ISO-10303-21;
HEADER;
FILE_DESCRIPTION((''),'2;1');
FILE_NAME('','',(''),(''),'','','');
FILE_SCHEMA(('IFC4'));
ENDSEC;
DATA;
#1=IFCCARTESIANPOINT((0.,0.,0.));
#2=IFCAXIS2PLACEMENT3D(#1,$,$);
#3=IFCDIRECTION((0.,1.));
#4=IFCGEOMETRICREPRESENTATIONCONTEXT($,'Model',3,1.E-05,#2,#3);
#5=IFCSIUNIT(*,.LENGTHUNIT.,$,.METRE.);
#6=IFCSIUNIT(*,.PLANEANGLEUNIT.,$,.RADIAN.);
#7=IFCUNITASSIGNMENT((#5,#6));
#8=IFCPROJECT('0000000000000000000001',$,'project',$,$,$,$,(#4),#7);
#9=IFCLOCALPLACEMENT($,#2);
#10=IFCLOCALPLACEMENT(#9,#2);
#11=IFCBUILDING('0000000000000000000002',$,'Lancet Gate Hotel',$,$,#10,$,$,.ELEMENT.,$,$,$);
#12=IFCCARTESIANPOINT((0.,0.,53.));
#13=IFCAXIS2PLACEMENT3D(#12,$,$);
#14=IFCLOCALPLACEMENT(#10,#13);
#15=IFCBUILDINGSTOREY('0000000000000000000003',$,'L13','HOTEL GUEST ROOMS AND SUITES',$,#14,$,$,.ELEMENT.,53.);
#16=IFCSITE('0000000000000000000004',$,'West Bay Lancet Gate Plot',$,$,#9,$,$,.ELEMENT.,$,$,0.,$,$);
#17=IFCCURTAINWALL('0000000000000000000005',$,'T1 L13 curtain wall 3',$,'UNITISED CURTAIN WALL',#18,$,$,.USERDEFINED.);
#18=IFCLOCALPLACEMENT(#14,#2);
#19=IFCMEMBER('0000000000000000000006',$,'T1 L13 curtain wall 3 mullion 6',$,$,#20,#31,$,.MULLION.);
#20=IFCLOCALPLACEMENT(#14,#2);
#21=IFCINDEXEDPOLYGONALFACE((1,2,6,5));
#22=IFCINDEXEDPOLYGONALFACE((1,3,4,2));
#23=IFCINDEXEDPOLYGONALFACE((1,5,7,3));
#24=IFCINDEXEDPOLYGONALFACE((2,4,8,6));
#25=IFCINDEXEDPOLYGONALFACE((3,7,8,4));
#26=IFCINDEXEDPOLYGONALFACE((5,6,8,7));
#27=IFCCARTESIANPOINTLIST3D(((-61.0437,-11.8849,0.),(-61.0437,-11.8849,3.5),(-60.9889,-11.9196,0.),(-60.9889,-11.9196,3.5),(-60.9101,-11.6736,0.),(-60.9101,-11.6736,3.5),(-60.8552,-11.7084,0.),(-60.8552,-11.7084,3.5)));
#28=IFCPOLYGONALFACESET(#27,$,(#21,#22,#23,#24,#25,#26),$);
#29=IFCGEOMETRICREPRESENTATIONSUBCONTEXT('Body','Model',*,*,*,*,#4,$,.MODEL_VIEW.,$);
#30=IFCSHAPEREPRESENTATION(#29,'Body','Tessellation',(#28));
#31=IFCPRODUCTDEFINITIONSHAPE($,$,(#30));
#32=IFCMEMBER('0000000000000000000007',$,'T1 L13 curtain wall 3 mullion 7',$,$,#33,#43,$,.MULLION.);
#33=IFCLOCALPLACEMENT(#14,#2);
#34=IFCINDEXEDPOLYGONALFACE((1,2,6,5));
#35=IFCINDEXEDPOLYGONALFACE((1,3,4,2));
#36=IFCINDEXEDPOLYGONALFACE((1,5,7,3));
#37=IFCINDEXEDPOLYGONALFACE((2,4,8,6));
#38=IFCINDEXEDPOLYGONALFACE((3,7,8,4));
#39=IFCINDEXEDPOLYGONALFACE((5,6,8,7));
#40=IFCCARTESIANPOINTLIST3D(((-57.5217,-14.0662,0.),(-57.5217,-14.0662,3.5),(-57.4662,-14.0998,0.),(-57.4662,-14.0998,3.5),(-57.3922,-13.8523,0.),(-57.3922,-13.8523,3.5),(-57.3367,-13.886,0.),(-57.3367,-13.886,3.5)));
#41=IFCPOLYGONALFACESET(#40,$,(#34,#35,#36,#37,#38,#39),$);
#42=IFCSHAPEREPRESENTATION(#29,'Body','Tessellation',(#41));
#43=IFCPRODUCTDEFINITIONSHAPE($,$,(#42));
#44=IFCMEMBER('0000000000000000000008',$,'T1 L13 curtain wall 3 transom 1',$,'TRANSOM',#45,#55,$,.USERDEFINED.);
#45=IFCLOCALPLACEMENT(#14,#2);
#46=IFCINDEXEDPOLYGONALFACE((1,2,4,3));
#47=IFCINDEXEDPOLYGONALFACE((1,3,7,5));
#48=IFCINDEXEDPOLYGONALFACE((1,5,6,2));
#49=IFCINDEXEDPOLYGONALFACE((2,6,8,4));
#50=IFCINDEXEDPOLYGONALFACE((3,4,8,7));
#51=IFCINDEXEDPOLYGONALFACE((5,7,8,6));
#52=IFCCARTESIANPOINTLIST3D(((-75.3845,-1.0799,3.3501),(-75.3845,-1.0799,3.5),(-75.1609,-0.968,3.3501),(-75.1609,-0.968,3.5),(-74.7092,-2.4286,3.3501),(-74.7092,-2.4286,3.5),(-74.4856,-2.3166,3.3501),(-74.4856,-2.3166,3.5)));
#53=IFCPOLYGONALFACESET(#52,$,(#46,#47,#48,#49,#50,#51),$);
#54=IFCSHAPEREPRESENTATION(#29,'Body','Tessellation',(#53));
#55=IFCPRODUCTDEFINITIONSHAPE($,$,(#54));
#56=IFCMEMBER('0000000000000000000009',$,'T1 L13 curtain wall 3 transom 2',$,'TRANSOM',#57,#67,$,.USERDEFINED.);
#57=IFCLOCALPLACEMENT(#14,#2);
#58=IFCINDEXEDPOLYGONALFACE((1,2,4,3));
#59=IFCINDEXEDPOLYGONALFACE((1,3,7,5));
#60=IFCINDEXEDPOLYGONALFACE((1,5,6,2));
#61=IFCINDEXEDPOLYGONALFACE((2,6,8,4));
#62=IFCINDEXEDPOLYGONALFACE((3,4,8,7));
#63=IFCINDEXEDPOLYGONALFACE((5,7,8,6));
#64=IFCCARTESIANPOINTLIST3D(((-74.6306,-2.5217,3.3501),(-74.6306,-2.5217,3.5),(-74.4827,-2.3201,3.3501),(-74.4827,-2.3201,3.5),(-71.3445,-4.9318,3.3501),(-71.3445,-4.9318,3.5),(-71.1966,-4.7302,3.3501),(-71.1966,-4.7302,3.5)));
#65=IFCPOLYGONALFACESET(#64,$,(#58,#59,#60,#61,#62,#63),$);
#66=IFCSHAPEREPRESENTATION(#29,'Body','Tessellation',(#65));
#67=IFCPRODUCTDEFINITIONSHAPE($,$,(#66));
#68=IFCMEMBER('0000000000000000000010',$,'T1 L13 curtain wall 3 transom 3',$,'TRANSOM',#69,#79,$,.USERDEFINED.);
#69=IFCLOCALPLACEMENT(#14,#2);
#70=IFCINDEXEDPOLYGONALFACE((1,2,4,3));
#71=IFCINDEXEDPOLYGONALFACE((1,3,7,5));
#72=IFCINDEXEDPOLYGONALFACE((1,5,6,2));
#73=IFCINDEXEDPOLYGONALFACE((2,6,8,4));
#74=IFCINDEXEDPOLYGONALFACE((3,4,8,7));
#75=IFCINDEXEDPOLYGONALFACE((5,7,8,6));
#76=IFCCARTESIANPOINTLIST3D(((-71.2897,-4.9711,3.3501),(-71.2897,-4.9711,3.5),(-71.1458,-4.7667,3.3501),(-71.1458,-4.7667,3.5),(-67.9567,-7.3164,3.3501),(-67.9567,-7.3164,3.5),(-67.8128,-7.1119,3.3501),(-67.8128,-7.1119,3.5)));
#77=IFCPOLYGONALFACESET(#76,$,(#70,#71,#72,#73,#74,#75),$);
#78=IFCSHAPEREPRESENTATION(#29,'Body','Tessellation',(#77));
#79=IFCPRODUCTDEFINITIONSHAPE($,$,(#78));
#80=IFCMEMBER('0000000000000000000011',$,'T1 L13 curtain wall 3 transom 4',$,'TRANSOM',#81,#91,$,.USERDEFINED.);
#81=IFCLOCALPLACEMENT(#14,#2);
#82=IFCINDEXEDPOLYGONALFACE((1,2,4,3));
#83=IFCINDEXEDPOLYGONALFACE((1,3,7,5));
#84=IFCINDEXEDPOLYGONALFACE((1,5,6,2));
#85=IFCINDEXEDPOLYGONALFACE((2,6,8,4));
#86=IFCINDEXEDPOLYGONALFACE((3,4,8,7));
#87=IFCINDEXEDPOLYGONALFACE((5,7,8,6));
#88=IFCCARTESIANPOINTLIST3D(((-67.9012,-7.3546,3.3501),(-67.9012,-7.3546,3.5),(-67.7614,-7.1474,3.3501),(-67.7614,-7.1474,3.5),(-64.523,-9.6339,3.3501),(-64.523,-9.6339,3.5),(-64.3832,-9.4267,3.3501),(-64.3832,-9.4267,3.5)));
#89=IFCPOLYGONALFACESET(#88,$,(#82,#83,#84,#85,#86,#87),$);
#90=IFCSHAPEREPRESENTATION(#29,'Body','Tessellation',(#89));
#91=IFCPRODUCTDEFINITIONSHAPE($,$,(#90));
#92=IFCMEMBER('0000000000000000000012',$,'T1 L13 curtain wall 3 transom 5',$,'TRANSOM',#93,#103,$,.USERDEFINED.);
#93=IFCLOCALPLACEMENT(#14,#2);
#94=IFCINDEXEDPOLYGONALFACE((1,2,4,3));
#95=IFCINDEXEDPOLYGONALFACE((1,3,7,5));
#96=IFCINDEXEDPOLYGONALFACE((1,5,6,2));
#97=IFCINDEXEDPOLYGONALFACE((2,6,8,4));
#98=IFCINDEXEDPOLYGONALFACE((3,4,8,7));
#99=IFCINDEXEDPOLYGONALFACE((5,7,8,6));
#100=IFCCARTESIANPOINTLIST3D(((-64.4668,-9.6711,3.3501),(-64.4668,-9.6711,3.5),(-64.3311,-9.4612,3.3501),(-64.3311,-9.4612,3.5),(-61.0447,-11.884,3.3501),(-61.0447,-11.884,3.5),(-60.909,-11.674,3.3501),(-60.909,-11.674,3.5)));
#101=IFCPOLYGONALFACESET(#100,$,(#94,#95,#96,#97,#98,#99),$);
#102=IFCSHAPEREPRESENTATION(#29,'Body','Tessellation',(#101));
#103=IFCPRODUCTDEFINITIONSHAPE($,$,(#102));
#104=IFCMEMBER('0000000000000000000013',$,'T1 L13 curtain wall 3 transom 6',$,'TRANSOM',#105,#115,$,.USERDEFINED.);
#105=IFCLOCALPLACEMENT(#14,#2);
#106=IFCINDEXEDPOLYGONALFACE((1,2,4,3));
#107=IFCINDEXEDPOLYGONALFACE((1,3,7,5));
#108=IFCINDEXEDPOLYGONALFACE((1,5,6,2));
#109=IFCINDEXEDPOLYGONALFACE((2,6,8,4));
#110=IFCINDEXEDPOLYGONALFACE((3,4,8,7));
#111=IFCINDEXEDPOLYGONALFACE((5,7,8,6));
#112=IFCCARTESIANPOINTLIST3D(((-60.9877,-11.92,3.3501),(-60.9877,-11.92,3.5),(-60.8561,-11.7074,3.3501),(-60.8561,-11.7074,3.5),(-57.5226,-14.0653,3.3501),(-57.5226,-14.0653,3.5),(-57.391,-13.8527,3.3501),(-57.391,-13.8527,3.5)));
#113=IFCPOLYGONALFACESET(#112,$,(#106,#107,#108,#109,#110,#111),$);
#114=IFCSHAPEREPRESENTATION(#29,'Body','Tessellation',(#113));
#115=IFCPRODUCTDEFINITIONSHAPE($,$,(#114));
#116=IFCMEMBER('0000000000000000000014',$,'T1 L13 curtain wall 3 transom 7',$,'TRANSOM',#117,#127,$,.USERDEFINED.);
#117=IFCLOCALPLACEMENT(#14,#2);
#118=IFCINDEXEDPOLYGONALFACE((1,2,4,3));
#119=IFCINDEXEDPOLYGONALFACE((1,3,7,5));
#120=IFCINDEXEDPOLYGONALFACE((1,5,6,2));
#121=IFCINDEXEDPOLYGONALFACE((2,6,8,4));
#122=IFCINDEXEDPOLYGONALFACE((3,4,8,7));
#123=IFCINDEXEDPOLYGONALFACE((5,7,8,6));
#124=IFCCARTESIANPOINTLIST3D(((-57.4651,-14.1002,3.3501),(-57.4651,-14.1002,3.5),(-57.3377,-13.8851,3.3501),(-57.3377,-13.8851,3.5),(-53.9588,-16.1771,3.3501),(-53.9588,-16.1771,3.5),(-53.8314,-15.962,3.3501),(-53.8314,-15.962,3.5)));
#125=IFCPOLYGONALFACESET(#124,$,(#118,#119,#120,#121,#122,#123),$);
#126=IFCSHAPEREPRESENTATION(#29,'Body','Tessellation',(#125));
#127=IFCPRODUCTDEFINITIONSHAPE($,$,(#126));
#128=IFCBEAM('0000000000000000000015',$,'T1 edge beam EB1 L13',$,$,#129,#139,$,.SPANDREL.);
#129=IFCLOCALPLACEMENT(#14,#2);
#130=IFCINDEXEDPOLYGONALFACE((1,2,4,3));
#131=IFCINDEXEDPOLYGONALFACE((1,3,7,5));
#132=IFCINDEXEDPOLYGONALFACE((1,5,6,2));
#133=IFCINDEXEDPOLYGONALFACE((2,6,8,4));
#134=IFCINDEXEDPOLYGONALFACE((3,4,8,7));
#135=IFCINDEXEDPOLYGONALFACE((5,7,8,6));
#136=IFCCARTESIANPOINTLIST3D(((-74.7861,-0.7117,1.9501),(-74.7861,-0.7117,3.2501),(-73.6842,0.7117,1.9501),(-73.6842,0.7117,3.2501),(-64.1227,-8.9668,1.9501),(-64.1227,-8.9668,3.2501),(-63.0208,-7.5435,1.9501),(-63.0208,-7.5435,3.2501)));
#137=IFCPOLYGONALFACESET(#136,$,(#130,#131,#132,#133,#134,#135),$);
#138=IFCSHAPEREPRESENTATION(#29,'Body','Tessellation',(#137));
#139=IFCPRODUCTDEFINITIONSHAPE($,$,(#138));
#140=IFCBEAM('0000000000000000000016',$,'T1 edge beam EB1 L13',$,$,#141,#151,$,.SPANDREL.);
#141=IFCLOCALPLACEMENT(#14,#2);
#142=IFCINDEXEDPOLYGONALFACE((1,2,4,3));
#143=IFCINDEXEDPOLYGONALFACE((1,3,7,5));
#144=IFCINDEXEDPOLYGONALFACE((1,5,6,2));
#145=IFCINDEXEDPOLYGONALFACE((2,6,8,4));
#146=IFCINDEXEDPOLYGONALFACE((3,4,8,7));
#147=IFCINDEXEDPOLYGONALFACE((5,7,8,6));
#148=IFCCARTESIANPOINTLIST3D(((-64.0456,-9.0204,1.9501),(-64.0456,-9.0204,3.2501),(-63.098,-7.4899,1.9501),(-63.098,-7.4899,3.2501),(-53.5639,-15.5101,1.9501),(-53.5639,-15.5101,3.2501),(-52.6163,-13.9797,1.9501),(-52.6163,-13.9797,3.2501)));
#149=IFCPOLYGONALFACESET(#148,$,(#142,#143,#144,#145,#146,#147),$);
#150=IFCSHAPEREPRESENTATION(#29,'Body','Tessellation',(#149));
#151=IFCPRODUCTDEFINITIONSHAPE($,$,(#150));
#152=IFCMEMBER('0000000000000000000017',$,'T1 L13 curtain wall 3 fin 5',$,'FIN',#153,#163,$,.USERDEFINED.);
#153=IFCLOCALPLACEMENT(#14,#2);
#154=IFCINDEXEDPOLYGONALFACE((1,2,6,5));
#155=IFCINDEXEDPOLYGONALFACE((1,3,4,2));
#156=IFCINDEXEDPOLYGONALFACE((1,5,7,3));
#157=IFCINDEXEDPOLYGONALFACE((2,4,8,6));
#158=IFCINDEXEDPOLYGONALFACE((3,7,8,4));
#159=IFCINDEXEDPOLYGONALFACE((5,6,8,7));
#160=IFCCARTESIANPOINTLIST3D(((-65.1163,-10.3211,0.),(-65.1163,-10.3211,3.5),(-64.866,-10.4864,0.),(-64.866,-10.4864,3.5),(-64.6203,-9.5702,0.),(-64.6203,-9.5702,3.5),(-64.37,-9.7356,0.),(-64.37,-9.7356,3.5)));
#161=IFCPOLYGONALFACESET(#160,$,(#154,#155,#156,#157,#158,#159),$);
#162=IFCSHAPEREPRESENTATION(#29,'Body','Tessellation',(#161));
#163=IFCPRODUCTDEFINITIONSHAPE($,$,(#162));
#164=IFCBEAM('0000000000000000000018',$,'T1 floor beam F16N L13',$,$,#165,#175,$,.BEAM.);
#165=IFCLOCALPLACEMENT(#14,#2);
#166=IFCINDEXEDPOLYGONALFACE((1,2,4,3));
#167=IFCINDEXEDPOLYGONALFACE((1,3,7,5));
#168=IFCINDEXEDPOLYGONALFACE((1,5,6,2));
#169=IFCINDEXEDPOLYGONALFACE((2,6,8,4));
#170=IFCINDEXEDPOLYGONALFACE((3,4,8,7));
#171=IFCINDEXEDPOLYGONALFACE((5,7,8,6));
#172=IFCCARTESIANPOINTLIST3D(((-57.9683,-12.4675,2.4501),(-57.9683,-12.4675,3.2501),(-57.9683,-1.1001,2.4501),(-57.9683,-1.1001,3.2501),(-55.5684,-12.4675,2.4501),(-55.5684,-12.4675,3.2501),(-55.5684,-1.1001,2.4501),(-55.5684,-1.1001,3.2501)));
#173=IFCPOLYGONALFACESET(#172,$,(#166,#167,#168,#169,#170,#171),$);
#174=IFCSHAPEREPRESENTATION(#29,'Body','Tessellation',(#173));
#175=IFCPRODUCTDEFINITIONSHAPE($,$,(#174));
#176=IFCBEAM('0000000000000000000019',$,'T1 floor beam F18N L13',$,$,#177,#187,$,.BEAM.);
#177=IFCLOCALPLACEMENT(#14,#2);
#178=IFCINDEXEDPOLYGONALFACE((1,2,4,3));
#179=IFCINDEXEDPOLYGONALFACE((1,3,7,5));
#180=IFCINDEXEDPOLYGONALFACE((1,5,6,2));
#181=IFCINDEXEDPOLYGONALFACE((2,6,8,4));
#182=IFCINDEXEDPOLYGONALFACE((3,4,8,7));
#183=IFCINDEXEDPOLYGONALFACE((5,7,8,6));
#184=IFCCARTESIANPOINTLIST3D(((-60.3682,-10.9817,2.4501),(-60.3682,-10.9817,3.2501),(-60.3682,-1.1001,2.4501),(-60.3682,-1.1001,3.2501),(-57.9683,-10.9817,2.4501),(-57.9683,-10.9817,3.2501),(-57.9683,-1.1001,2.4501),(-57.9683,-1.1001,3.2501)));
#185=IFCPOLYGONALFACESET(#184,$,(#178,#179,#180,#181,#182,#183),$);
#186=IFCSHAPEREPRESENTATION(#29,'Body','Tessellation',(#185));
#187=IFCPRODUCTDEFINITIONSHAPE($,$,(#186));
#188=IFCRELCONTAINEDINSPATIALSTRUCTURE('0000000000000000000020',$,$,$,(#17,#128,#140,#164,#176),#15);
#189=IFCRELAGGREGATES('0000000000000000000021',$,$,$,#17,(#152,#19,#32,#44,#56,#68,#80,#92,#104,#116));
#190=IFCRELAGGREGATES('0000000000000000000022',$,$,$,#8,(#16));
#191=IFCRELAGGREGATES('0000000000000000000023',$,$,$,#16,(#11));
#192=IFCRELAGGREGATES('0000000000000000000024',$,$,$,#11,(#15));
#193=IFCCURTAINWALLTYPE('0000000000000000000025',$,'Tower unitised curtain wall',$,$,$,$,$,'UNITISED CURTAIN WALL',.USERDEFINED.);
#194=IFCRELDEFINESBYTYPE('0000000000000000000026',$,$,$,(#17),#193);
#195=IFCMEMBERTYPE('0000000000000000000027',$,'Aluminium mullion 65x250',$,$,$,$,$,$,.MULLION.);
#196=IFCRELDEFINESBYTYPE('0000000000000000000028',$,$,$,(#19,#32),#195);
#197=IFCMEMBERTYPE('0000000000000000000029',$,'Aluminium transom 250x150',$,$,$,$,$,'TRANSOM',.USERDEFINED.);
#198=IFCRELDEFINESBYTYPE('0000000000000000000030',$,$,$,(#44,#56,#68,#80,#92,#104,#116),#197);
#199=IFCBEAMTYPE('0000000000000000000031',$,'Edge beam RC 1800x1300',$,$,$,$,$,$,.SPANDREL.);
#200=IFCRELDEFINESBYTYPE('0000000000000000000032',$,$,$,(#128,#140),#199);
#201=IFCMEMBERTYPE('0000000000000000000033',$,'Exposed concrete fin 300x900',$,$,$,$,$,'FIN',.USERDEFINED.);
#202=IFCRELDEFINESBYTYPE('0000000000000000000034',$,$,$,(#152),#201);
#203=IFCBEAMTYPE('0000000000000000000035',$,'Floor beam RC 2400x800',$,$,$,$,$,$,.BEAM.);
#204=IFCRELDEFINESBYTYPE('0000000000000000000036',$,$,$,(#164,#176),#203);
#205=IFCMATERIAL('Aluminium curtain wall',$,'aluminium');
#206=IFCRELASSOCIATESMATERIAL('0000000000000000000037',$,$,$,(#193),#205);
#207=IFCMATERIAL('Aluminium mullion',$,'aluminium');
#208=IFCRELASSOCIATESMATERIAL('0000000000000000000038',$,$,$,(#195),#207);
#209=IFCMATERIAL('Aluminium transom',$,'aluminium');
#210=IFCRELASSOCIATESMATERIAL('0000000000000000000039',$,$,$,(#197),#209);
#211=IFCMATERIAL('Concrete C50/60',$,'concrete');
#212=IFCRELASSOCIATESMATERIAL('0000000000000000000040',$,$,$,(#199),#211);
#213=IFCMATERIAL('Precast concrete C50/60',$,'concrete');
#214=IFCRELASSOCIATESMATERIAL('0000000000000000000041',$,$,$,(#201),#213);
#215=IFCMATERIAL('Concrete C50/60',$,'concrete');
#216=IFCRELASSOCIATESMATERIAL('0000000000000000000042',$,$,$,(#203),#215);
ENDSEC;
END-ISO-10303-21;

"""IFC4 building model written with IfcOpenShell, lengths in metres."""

from ifc_helpers import new_model, si_unit, direction, frame, origin, origin_2d, place, context, subcontext, project, spatial, rectangle, extrude, material, material_profile, profile_set, type_object, element, aggregate, save


model = new_model("IFC4")

# Units and contexts
model_context = context("Model", 3, precision=1e-05, world=origin(), true_north=direction((0.0, 1.0)))
body_context = subcontext(model_context, "Body", "Model", "MODEL_VIEW")
ifc_project = project(units=[si_unit("LENGTHUNIT", "METRE"), si_unit("PLANEANGLEUNIT", "RADIAN")], contexts=[model_context])

# Site, building, storey
site_placement = place(None, origin())
site = spatial("IfcSite", under=ifc_project, at=site_placement, Name="West Bay Lancet Gate Plot", CompositionType="ELEMENT", RefElevation=0.0)
building_placement = place(site_placement, origin())
building = spatial("IfcBuilding", under=site, at=building_placement, Name="Lancet Gate Hotel", CompositionType="ELEMENT")
storey_placement = place(building_placement, frame((0.0, 0.0, 53.0)))
storey = spatial("IfcBuildingStorey", under=building, at=storey_placement, Name="L13", Description="HOTEL GUEST ROOMS AND SUITES", CompositionType="ELEMENT", Elevation=53.0)

# Curtain wall, members
ifc_material_1 = material(Name="Aluminium curtain wall", Category="aluminium")
curtain_wall_type = type_object("IfcCurtainWallType", Name="Tower unitised curtain wall", ElementType="UNITISED CURTAIN WALL", PredefinedType="USERDEFINED", material=ifc_material_1)
curtain_wall_placement = place(storey_placement, origin())
curtain_wall = element("IfcCurtainWall", 1, at=curtain_wall_placement, inside=storey, type_object=curtain_wall_type, Name="T1 L13 curtain wall 3", ObjectType="UNITISED CURTAIN WALL", PredefinedType="USERDEFINED")
ifc_material_2 = material(Name="Aluminium mullion", Category="aluminium")
ifc_material_profile_1 = material_profile(ifc_material_2, rectangle(XDim=0.0649, YDim=0.25, at=origin_2d()), Name="MULLION 65x250")
ifc_profile_set_1 = profile_set([ifc_material_profile_1], Name="Aluminium mullion")
member_type_1 = type_object("IfcMemberType", Name="Aluminium mullion 65x250", PredefinedType="MULLION", material=ifc_profile_set_1)
member_1_placement = place(storey_placement, frame((-60.9495, -11.7966, 0.0), z_axis=(0.0, 0.0, 1.0), x_axis=(0.845029, -0.53472, 0.0)))
member_1 = element("IfcMember", 2, at=member_1_placement, type_object=member_type_1, Name="T1 L13 curtain wall 3 mullion 6", PredefinedType="MULLION", context=body_context, shape_type="SweptSolid", body=[
    extrude(rectangle(XDim=0.0649, YDim=0.25, at=origin_2d()), origin(), (0.0, 0.0, 1.0), 3.5),
])
member_2_placement = place(storey_placement, frame((-57.4292, -13.9761, 0.0), z_axis=(0.0, 0.0, 1.0), x_axis=(0.855346, -0.518057, 0.0)))
member_2 = element("IfcMember", 3, at=member_2_placement, type_object=member_type_1, Name="T1 L13 curtain wall 3 mullion 7", PredefinedType="MULLION", context=body_context, shape_type="SweptSolid", body=[
    extrude(rectangle(XDim=0.0649, YDim=0.25, at=origin_2d()), origin(), (0.0, 0.0, 1.0), 3.5),
])
ifc_material_3 = material(Name="Aluminium transom", Category="aluminium")
ifc_material_profile_2 = material_profile(ifc_material_3, rectangle(XDim=0.25, YDim=0.1499, at=origin_2d()), Name="TRANSOM 250x150")
ifc_profile_set_2 = profile_set([ifc_material_profile_2], Name="Aluminium transom")
member_type_2 = type_object("IfcMemberType", Name="Aluminium transom 250x150", ElementType="TRANSOM", PredefinedType="USERDEFINED", material=ifc_profile_set_2)
member_3_placement = place(storey_placement, frame((-75.2727, -1.0239, 3.425), z_axis=(0.447732, -0.894168, 0.0), x_axis=(0.894168, 0.447732, 0.0)))
member_3 = element("IfcMember", 4, at=member_3_placement, type_object=member_type_2, Name="T1 L13 curtain wall 3 transom 1", ObjectType="TRANSOM", PredefinedType="USERDEFINED", context=body_context, shape_type="SweptSolid", body=[
    extrude(rectangle(XDim=0.25, YDim=0.1499, at=origin_2d()), origin(), (0.0, 0.0, 1.0), 1.5083),
])
member_4_placement = place(storey_placement, frame((-74.5566, -2.4209, 3.425), z_axis=(0.806367, -0.591416, 0.0), x_axis=(0.591416, 0.806367, 0.0)))
member_4 = element("IfcMember", 5, at=member_4_placement, type_object=member_type_2, Name="T1 L13 curtain wall 3 transom 2", ObjectType="TRANSOM", PredefinedType="USERDEFINED", context=body_context, shape_type="SweptSolid", body=[
    extrude(rectangle(XDim=0.25, YDim=0.1499, at=origin_2d()), origin(), (0.0, 0.0, 1.0), 4.0752),
])
member_5_placement = place(storey_placement, frame((-71.2178, -4.8689, 3.425), z_axis=(0.817834, -0.575455, 0.0), x_axis=(0.575455, 0.817834, 0.0)))
member_5 = element("IfcMember", 6, at=member_5_placement, type_object=member_type_2, Name="T1 L13 curtain wall 3 transom 3", ObjectType="TRANSOM", PredefinedType="USERDEFINED", context=body_context, shape_type="SweptSolid", body=[
    extrude(rectangle(XDim=0.25, YDim=0.1499, at=origin_2d()), origin(), (0.0, 0.0, 1.0), 4.0754),
])
member_6_placement = place(storey_placement, frame((-67.8313, -7.251, 3.425), z_axis=(0.828959, -0.559309, 0.0), x_axis=(0.559309, 0.828959, 0.0)))
member_6 = element("IfcMember", 7, at=member_6_placement, type_object=member_type_2, Name="T1 L13 curtain wall 3 transom 4", ObjectType="TRANSOM", PredefinedType="USERDEFINED", context=body_context, shape_type="SweptSolid", body=[
    extrude(rectangle(XDim=0.25, YDim=0.1499, at=origin_2d()), origin(), (0.0, 0.0, 1.0), 4.0752),
])
member_7_placement = place(storey_placement, frame((-64.3989, -9.5662, 3.425), z_axis=(0.839729, -0.543005, 0.0), x_axis=(0.543005, 0.839729, 0.0)))
member_7 = element("IfcMember", 8, at=member_7_placement, type_object=member_type_2, Name="T1 L13 curtain wall 3 transom 5", ObjectType="TRANSOM", PredefinedType="USERDEFINED", context=body_context, shape_type="SweptSolid", body=[
    extrude(rectangle(XDim=0.25, YDim=0.1499, at=origin_2d()), origin(), (0.0, 0.0, 1.0), 4.0752),
])
member_8_placement = place(storey_placement, frame((-60.9219, -11.8137, 3.425), z_axis=(0.850242, -0.526392, 0.0), x_axis=(0.526392, 0.850242, 0.0)))
member_8 = element("IfcMember", 9, at=member_8_placement, type_object=member_type_2, Name="T1 L13 curtain wall 3 transom 6", ObjectType="TRANSOM", PredefinedType="USERDEFINED", context=body_context, shape_type="SweptSolid", body=[
    extrude(rectangle(XDim=0.25, YDim=0.1499, at=origin_2d()), origin(), (0.0, 0.0, 1.0), 4.0754),
])
member_9_placement = place(storey_placement, frame((-57.4014, -13.9927, 3.425), z_axis=(0.860392, -0.509633, 0.0), x_axis=(0.509633, 0.860392, 0.0)))
member_9 = element("IfcMember", 10, at=member_9_placement, type_object=member_type_2, Name="T1 L13 curtain wall 3 transom 7", ObjectType="TRANSOM", PredefinedType="USERDEFINED", context=body_context, shape_type="SweptSolid", body=[
    extrude(rectangle(XDim=0.25, YDim=0.1499, at=origin_2d()), origin(), (0.0, 0.0, 1.0), 4.0752),
])

# Beams
ifc_material_4 = material(Name="Concrete C50/60", Category="concrete")
ifc_material_profile_3 = material_profile(ifc_material_4, rectangle(XDim=1.8, YDim=1.3, at=origin_2d()), Name="RC 1800x1300")
ifc_profile_set_3 = profile_set([ifc_material_profile_3], Name="Concrete C50/60")
beam_type_1 = type_object("IfcBeamType", Name="Edge beam RC 1800x1300", PredefinedType="SPANDREL", material=ifc_profile_set_3)
beam_1_placement = place(storey_placement, frame((-74.2351, 0.0, 2.6001), z_axis=(0.790736, -0.612157, 0.0), x_axis=(0.612157, 0.790736, 0.0)))
element("IfcBeam", 11, at=beam_1_placement, inside=storey, type_object=beam_type_1, Name="T1 edge beam EB1 L13", PredefinedType="SPANDREL", context=body_context, shape_type="SweptSolid", body=[
    extrude(rectangle(XDim=1.8, YDim=1.3, at=origin_2d()), origin(), (0.0, 0.0, 1.0), 13.4854),
])
beam_2_placement = place(storey_placement, frame((-63.5718, -8.2551, 2.6001), z_axis=(0.850226, -0.526418, 0.0), x_axis=(0.526418, 0.850226, 0.0)))
element("IfcBeam", 12, at=beam_2_placement, inside=storey, type_object=beam_type_1, Name="T1 edge beam EB1 L13", PredefinedType="SPANDREL", context=body_context, shape_type="SweptSolid", body=[
    extrude(rectangle(XDim=1.8, YDim=1.3, at=origin_2d()), origin(), (0.0, 0.0, 1.0), 12.3281),
])

# Member
ifc_material_5 = material(Name="Precast concrete C50/60", Category="concrete")
ifc_material_profile_4 = material_profile(ifc_material_5, rectangle(XDim=0.3, YDim=0.8999, at=origin_2d()), Name="FIN 300x900")
ifc_profile_set_4 = profile_set([ifc_material_profile_4], Name="Precast concrete C50/60")
member_type_3 = type_object("IfcMemberType", Name="Exposed concrete fin 300x900", ElementType="FIN", PredefinedType="USERDEFINED", material=ifc_profile_set_4)
member_10_placement = place(storey_placement, frame((-64.7432, -10.0283, 0.0), z_axis=(0.0, 0.0, 1.0), x_axis=(0.834387, -0.551178, 0.0)))
member_10 = element("IfcMember", 13, at=member_10_placement, type_object=member_type_3, Name="T1 L13 curtain wall 3 fin 5", ObjectType="FIN", PredefinedType="USERDEFINED", context=body_context, shape_type="SweptSolid", body=[
    extrude(rectangle(XDim=0.3, YDim=0.8999, at=origin_2d()), origin(), (0.0, 0.0, 1.0), 3.5),
])

# Beams
ifc_material_6 = material(Name="Concrete C50/60", Category="concrete")
ifc_material_profile_5 = material_profile(ifc_material_6, rectangle(XDim=2.3999, YDim=0.8, at=origin_2d()), Name="RC 2400x800")
ifc_profile_set_5 = profile_set([ifc_material_profile_5], Name="Concrete C50/60")
beam_type_2 = type_object("IfcBeamType", Name="Floor beam RC 2400x800", PredefinedType="BEAM", material=ifc_profile_set_5)
beam_3_placement = place(storey_placement, frame((-56.7683, -1.1001, 2.8501), z_axis=(0.0, -1.0, 0.0), x_axis=(1.0, 0.0, 0.0)))
element("IfcBeam", 14, at=beam_3_placement, inside=storey, type_object=beam_type_2, Name="T1 floor beam F16N L13", PredefinedType="BEAM", context=body_context, shape_type="SweptSolid", body=[
    extrude(rectangle(XDim=2.3999, YDim=0.8, at=origin_2d()), origin(), (0.0, 0.0, 1.0), 11.3674),
])
beam_4_placement = place(storey_placement, frame((-59.1682, -1.1001, 2.8501), z_axis=(0.0, -1.0, 0.0), x_axis=(1.0, 0.0, 0.0)))
element("IfcBeam", 15, at=beam_4_placement, inside=storey, type_object=beam_type_2, Name="T1 floor beam F18N L13", PredefinedType="BEAM", context=body_context, shape_type="SweptSolid", body=[
    extrude(rectangle(XDim=2.3999, YDim=0.8, at=origin_2d()), origin(), (0.0, 0.0, 1.0), 9.8816),
])

aggregate(curtain_wall, [member_10, member_1, member_2, member_3, member_4, member_5, member_6, member_7, member_8, member_9])

save(model, "model.ifc")
